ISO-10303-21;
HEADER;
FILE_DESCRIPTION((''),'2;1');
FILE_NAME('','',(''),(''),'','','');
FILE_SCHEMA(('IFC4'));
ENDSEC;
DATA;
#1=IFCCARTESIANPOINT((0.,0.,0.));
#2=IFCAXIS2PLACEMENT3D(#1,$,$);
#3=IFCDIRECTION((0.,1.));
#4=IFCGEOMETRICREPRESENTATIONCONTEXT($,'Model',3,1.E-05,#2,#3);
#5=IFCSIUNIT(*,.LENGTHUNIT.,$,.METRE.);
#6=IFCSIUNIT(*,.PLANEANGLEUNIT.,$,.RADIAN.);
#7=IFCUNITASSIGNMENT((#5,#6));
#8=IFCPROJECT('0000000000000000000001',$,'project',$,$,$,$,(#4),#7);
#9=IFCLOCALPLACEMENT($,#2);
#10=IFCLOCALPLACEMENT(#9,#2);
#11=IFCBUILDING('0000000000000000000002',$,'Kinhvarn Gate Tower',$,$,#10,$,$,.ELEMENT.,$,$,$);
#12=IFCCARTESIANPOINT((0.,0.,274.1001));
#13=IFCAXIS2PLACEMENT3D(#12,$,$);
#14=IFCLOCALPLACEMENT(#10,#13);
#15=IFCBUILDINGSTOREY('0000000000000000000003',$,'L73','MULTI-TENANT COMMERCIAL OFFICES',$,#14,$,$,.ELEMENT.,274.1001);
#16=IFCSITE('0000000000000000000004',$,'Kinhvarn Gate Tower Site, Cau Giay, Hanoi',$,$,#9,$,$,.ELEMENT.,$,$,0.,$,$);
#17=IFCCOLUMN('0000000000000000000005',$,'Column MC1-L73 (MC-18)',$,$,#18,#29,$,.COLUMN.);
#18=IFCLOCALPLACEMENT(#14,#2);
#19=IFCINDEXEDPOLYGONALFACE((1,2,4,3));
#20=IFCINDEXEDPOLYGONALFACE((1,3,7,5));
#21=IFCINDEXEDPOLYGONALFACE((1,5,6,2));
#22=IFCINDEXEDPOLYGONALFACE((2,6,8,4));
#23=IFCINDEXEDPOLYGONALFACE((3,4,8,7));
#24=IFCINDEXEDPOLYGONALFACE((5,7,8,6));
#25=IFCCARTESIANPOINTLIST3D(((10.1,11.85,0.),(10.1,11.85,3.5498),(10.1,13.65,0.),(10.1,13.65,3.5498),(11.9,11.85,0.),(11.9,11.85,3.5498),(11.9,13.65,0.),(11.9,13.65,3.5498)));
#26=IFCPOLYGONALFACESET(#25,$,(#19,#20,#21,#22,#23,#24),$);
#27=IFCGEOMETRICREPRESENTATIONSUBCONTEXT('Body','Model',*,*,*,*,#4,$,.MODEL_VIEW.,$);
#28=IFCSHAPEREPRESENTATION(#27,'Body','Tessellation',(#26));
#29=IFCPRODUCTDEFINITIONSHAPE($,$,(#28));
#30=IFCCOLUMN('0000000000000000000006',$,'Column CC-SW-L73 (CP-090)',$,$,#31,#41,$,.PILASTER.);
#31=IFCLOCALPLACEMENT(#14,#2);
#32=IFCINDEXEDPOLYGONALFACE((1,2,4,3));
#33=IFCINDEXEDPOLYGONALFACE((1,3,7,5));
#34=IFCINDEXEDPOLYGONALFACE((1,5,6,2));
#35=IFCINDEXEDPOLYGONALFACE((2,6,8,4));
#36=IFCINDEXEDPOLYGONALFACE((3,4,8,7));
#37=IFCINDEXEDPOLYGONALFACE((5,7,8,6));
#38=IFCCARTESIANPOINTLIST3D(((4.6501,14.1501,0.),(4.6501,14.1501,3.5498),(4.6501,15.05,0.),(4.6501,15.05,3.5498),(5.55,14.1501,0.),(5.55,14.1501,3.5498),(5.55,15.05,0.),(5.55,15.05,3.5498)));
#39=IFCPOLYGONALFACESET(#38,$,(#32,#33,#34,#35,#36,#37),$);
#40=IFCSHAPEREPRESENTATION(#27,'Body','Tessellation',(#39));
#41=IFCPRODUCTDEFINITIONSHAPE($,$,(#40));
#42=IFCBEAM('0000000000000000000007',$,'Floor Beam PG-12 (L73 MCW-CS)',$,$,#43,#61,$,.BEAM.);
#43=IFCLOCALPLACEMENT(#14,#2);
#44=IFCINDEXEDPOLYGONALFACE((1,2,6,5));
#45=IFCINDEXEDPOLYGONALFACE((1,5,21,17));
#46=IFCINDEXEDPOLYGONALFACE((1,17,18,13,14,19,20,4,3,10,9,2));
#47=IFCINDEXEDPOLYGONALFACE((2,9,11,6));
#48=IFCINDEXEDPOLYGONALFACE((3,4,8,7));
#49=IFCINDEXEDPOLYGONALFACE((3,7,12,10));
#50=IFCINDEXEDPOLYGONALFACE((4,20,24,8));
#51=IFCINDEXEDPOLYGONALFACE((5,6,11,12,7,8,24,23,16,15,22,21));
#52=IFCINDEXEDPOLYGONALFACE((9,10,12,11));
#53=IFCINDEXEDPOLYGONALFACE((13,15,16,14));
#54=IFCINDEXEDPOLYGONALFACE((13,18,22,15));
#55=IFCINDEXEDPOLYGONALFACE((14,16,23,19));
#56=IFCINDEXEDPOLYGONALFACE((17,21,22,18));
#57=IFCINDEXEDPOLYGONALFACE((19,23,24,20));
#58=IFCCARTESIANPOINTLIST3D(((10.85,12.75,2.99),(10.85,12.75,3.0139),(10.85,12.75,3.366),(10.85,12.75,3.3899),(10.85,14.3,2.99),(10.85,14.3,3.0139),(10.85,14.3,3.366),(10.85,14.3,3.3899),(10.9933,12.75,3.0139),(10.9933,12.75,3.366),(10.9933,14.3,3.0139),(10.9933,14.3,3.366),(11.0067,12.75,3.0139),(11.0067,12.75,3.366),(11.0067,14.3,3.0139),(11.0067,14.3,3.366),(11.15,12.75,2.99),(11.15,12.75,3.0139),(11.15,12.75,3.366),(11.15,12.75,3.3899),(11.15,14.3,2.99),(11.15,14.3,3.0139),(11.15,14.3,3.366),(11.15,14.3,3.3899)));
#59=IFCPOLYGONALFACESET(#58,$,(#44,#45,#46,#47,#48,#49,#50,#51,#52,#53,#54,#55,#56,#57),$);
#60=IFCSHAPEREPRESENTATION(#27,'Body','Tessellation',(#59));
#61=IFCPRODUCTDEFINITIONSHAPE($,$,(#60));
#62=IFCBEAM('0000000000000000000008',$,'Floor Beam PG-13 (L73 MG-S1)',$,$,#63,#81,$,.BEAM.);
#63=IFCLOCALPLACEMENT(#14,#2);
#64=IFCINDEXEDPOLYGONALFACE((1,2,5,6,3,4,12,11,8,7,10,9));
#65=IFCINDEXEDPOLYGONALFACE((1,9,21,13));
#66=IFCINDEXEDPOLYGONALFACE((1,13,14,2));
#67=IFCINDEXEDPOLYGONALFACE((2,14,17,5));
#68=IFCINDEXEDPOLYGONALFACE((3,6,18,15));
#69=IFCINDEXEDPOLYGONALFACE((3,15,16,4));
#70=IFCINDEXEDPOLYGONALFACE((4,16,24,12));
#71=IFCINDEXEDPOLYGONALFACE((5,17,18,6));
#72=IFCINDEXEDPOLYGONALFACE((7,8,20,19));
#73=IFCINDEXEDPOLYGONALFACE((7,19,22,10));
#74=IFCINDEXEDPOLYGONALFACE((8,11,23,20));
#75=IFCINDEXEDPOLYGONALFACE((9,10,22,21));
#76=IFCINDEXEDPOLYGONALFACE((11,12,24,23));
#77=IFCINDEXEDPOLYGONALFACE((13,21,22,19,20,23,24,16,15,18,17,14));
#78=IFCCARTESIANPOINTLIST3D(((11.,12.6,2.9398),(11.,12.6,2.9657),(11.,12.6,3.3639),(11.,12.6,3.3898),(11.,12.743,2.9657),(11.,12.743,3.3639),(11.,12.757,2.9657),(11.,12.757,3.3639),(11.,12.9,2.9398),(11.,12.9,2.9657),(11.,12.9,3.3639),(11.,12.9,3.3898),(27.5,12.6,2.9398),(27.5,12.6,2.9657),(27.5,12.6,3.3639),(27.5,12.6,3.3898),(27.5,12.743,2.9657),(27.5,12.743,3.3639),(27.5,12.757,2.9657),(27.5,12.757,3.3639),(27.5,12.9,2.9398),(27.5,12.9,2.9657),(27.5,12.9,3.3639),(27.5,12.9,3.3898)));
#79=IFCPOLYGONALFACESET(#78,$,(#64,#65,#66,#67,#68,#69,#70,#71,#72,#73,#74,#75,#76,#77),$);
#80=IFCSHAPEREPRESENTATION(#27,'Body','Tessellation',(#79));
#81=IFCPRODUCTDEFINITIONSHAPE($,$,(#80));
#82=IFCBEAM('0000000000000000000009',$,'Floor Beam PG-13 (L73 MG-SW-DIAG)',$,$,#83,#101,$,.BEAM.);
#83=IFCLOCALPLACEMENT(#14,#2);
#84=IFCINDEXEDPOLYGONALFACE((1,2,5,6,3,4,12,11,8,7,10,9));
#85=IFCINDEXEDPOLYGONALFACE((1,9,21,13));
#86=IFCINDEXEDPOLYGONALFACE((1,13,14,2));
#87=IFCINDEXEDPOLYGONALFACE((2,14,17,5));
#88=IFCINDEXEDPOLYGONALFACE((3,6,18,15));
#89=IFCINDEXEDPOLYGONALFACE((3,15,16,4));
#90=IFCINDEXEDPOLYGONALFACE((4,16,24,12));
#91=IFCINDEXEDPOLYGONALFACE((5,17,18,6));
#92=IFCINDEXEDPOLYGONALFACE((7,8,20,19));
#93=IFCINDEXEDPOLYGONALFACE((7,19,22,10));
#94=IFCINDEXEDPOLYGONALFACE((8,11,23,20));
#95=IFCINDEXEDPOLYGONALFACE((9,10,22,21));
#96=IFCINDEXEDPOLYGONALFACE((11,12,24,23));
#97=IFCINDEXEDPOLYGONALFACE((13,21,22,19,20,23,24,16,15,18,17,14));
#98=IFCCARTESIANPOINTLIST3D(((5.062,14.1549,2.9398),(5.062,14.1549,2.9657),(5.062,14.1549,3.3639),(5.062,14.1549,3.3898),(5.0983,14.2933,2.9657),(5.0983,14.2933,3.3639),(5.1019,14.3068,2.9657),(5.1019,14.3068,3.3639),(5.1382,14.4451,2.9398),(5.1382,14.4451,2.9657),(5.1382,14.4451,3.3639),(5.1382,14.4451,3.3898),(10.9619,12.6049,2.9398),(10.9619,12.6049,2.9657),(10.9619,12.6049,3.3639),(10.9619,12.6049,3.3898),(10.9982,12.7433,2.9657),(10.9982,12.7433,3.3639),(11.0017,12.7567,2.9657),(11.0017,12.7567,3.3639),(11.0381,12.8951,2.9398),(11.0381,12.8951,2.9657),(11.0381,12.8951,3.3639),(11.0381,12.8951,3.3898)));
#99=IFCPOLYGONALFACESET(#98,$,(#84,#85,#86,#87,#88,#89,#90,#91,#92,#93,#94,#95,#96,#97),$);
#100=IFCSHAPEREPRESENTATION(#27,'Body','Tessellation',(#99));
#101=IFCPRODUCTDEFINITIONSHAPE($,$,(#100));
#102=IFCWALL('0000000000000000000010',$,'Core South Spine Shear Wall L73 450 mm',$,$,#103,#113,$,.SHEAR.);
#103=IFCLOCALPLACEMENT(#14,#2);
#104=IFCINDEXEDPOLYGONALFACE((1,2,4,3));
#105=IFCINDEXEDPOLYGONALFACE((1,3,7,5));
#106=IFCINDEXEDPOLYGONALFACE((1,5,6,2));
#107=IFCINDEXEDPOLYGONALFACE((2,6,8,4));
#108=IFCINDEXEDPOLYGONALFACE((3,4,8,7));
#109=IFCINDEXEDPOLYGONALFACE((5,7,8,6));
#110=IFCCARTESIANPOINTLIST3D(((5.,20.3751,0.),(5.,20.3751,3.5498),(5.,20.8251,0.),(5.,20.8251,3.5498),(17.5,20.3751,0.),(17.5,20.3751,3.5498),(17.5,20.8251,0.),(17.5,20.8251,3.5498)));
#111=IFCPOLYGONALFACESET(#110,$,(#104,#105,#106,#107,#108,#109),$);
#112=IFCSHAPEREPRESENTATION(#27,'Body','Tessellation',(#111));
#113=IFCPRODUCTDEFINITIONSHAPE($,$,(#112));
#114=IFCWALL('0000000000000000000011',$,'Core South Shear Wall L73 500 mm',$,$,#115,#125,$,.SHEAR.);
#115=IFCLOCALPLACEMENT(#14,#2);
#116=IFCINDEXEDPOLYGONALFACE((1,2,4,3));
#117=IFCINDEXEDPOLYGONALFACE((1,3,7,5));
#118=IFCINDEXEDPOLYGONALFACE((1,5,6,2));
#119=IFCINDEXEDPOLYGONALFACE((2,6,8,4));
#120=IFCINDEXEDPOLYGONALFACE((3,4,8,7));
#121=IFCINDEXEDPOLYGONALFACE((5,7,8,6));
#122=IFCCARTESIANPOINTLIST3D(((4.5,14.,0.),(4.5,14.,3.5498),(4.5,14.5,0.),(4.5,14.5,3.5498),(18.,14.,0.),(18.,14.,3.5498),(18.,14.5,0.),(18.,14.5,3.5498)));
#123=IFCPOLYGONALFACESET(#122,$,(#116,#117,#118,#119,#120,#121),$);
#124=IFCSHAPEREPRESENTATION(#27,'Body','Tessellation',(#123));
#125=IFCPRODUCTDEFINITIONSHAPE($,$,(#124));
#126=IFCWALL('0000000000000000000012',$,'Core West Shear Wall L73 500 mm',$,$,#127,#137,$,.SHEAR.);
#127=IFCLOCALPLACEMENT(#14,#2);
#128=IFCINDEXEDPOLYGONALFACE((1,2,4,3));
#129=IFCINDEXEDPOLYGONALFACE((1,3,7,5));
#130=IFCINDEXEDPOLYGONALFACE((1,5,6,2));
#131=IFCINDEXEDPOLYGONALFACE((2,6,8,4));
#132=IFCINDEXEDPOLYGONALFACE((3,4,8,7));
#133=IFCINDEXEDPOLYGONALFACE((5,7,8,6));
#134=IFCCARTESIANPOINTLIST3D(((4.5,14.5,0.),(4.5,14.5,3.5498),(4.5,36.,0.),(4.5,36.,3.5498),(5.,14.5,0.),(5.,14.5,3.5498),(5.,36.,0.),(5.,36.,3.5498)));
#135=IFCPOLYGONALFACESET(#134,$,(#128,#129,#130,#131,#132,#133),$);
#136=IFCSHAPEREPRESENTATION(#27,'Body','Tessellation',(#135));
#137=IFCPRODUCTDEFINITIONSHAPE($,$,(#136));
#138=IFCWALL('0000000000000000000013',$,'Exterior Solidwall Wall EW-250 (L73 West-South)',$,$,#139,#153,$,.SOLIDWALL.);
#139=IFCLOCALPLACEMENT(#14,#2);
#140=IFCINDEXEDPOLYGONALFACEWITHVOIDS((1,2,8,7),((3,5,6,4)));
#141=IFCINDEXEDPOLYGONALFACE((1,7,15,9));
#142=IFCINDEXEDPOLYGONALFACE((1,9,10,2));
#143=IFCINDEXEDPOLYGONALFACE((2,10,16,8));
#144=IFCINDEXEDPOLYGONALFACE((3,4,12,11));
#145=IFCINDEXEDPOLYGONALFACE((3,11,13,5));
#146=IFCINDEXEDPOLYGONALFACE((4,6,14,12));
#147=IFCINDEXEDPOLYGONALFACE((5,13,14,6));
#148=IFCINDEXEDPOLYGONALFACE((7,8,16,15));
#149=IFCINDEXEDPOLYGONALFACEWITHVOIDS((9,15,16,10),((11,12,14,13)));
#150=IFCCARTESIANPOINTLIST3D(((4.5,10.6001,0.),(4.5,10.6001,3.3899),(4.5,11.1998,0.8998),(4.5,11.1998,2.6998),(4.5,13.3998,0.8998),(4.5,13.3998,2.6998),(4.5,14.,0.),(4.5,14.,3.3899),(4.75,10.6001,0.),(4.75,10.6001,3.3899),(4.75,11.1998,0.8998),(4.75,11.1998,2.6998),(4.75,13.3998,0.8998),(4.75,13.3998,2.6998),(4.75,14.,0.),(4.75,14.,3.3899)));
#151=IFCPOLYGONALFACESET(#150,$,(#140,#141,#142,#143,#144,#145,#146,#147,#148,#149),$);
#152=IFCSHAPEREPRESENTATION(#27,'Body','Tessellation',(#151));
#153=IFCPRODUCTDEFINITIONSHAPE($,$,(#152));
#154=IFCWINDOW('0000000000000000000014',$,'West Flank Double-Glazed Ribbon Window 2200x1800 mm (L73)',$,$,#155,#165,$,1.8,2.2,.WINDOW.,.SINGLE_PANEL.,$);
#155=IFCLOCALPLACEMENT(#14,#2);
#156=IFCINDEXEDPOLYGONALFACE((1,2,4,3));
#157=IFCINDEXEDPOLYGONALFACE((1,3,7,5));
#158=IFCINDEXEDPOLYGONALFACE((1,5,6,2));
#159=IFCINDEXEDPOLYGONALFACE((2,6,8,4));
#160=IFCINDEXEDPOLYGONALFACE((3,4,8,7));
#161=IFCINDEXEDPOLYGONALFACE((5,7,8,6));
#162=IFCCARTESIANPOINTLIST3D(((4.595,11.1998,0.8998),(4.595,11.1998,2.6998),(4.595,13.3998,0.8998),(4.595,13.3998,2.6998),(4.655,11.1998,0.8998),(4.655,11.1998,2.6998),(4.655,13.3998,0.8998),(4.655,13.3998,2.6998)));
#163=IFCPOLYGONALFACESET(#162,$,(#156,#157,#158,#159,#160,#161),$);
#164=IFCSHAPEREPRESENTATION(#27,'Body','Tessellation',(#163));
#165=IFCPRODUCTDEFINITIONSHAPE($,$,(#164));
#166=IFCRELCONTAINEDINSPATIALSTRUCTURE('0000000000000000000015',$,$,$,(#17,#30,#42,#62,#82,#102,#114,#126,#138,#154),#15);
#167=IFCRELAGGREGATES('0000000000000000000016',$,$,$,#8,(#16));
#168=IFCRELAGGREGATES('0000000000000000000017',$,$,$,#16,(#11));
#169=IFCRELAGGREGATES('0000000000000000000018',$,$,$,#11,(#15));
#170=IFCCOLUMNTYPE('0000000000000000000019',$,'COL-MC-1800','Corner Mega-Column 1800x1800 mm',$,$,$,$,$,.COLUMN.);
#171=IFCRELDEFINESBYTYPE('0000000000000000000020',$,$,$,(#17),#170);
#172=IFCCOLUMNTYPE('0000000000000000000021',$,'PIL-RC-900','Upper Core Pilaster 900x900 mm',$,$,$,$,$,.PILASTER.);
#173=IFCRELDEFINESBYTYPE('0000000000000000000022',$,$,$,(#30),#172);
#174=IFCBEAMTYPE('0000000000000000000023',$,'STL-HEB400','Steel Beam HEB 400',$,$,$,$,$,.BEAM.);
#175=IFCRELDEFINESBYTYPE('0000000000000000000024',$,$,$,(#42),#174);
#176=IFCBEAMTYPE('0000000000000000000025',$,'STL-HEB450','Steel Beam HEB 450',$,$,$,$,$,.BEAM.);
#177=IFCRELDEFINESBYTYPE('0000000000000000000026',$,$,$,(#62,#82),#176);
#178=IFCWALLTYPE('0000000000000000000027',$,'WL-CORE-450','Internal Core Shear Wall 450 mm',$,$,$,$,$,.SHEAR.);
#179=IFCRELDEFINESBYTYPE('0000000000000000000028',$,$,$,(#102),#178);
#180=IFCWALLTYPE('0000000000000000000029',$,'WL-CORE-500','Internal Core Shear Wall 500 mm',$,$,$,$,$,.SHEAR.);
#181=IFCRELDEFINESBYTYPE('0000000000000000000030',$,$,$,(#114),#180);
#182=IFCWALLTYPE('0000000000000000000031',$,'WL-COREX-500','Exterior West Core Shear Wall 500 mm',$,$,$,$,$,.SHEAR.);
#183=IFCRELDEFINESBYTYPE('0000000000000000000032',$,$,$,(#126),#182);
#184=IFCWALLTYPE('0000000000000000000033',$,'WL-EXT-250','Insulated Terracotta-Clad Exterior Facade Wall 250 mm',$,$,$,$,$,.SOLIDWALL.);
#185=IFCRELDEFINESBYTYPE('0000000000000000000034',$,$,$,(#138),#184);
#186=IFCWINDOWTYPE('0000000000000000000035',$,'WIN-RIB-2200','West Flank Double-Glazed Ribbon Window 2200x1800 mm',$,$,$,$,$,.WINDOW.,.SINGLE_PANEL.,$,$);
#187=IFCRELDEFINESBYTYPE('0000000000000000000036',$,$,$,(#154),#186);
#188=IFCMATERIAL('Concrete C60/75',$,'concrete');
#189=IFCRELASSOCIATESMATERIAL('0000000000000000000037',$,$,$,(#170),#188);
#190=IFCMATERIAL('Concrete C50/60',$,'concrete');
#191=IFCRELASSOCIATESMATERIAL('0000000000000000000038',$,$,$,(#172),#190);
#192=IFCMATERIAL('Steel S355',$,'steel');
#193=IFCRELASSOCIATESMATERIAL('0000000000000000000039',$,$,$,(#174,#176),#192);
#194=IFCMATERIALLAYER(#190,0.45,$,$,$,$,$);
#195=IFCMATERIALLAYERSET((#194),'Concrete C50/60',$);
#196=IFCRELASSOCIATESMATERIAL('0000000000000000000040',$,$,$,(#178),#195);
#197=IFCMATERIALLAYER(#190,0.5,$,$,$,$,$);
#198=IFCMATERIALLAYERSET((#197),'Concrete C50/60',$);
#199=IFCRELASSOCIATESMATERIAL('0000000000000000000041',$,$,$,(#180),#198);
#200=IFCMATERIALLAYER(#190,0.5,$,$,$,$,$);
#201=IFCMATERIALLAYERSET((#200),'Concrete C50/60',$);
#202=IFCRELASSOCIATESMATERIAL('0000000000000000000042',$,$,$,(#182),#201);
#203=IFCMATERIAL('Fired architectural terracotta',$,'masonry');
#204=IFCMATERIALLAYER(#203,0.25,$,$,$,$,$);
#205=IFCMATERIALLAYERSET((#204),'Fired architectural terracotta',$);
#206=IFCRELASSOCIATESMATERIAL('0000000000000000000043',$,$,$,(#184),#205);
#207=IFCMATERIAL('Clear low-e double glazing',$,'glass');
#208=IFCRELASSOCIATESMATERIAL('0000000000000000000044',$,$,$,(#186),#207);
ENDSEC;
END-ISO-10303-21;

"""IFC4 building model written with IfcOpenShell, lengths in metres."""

from ifc_helpers import new_model, si_unit, direction, frame, frame_2d, origin, origin_2d, place, context, subcontext, project, spatial, rectangle, i_section, extrude, material, layer, layer_set, material_profile, profile_set, type_object, element, fill, save


model = new_model("IFC4")

# Units and contexts
model_context = context("Model", 3, precision=1e-05, world=origin(), true_north=direction((0.0, 1.0)))
body_context = subcontext(model_context, "Body", "Model", "MODEL_VIEW")
ifc_project = project(units=[si_unit("LENGTHUNIT", "METRE"), si_unit("PLANEANGLEUNIT", "RADIAN")], contexts=[model_context])

# Site, building, storey
site_placement = place(None, origin())
site = spatial("IfcSite", under=ifc_project, at=site_placement, Name="Kinhvarn Gate Tower Site, Cau Giay, Hanoi", CompositionType="ELEMENT", RefElevation=0.0)
building_placement = place(site_placement, origin())
building = spatial("IfcBuilding", under=site, at=building_placement, Name="Kinhvarn Gate Tower", CompositionType="ELEMENT")
storey_placement = place(building_placement, frame((0.0, 0.0, 274.1001)))
storey = spatial("IfcBuildingStorey", under=building, at=storey_placement, Name="L73", Description="MULTI-TENANT COMMERCIAL OFFICES", CompositionType="ELEMENT", Elevation=274.1001)

# Columns
ifc_material_1 = material(Name="Concrete C60/75", Category="concrete")
ifc_material_profile_1 = material_profile(ifc_material_1, rectangle(XDim=1.8, YDim=1.8, at=origin_2d()), Name="RC 1800x1800")
ifc_profile_set_1 = profile_set([ifc_material_profile_1], Name="Concrete C60/75")
column_type_1 = type_object("IfcColumnType", Name="COL-MC-1800", Description="Corner Mega-Column 1800x1800 mm", PredefinedType="COLUMN", material=ifc_profile_set_1)
column_1_placement = place(storey_placement, frame((11.0, 12.75, 0.0), z_axis=(0.0, 0.0, 1.0), x_axis=(1.0, 0.0, 0.0)))
element("IfcColumn", 1, at=column_1_placement, inside=storey, type_object=column_type_1, Name="Column MC1-L73 (MC-18)", PredefinedType="COLUMN", context=body_context, shape_type="SweptSolid", body=[
    extrude(rectangle(XDim=1.8, YDim=1.8, at=origin_2d()), origin(), (0.0, 0.0, 1.0), 3.5498),
])
ifc_material_2 = material(Name="Concrete C50/60", Category="concrete")
ifc_material_profile_2 = material_profile(ifc_material_2, rectangle(XDim=0.8999, YDim=0.8999, at=origin_2d()), Name="RC 900x900")
ifc_profile_set_2 = profile_set([ifc_material_profile_2], Name="Concrete C50/60")
column_type_2 = type_object("IfcColumnType", Name="PIL-RC-900", Description="Upper Core Pilaster 900x900 mm", PredefinedType="PILASTER", material=ifc_profile_set_2)
column_2_placement = place(storey_placement, frame((5.1001, 14.6001, 0.0), z_axis=(0.0, 0.0, 1.0), x_axis=(1.0, 0.0, 0.0)))
element("IfcColumn", 2, at=column_2_placement, inside=storey, type_object=column_type_2, Name="Column CC-SW-L73 (CP-090)", PredefinedType="PILASTER", context=body_context, shape_type="SweptSolid", body=[
    extrude(rectangle(XDim=0.8999, YDim=0.8999, at=origin_2d()), origin(), (0.0, 0.0, 1.0), 3.5498),
])

# Beams
ifc_material_3 = material(Name="Steel S355", Category="steel")
ifc_material_profile_3 = material_profile(ifc_material_3, i_section(OverallWidth=0.3, OverallDepth=0.3999, WebThickness=0.0134, FlangeThickness=0.0239, at=origin_2d()), Name="HEB 400")
ifc_profile_set_3 = profile_set([ifc_material_profile_3], Name="Steel S355")
beam_type_1 = type_object("IfcBeamType", Name="STL-HEB400", Description="Steel Beam HEB 400", PredefinedType="BEAM", material=ifc_profile_set_3)
beam_1_placement = place(storey_placement, frame((11.0, 12.75, 3.1899), z_axis=(0.0, 1.0, 0.0), x_axis=(-1.0, 0.0, 0.0)))
element("IfcBeam", 3, at=beam_1_placement, inside=storey, type_object=beam_type_1, Name="Floor Beam PG-12 (L73 MCW-CS)", PredefinedType="BEAM", context=body_context, shape_type="SweptSolid", body=[
    extrude(i_section(OverallWidth=0.3, OverallDepth=0.3999, WebThickness=0.0134, FlangeThickness=0.0239, at=origin_2d()), origin(), (0.0, 0.0, 1.0), 1.55),
])
ifc_material_profile_4 = material_profile(ifc_material_3, i_section(OverallWidth=0.3, OverallDepth=0.45, WebThickness=0.0139, FlangeThickness=0.0259, at=origin_2d()), Name="HEB 450")
ifc_profile_set_4 = profile_set([ifc_material_profile_4], Name="Steel S355")
beam_type_2 = type_object("IfcBeamType", Name="STL-HEB450", Description="Steel Beam HEB 450", PredefinedType="BEAM", material=ifc_profile_set_4)
beam_2_placement = place(storey_placement, frame((11.0, 12.75, 3.1648), z_axis=(1.0, 0.0, 0.0), x_axis=(0.0, 1.0, 0.0)))
element("IfcBeam", 4, at=beam_2_placement, inside=storey, type_object=beam_type_2, Name="Floor Beam PG-13 (L73 MG-S1)", PredefinedType="BEAM", context=body_context, shape_type="SweptSolid", body=[
    extrude(i_section(OverallWidth=0.3, OverallDepth=0.45, WebThickness=0.0139, FlangeThickness=0.0259, at=origin_2d()), origin(), (0.0, 0.0, 1.0), 16.5),
])
beam_3_placement = place(storey_placement, frame((5.1001, 14.3, 3.1648), z_axis=(0.967178, -0.254101, 0.0), x_axis=(0.254101, 0.967178, 0.0)))
element("IfcBeam", 5, at=beam_3_placement, inside=storey, type_object=beam_type_2, Name="Floor Beam PG-13 (L73 MG-SW-DIAG)", PredefinedType="BEAM", context=body_context, shape_type="SweptSolid", body=[
    extrude(i_section(OverallWidth=0.3, OverallDepth=0.45, WebThickness=0.0139, FlangeThickness=0.0259, at=origin_2d()), origin(), (0.0, 0.0, 1.0), 6.1001),
])

# Walls
ifc_layer_1 = layer(ifc_material_2, 0.45)
ifc_layer_set_1 = layer_set([ifc_layer_1], Name="Concrete C50/60")
wall_type_1 = type_object("IfcWallType", Name="WL-CORE-450", Description="Internal Core Shear Wall 450 mm", PredefinedType="SHEAR", material=ifc_layer_set_1)
wall_1_placement = place(storey_placement, frame((5.0, 20.6001, 0.0), z_axis=(0.0, 0.0, 1.0), x_axis=(1.0, 0.0, 0.0)))
element("IfcWall", 6, at=wall_1_placement, inside=storey, type_object=wall_type_1, Name="Core South Spine Shear Wall L73 450 mm", PredefinedType="SHEAR", context=body_context, shape_type="SweptSolid", body=[
    extrude(rectangle(XDim=12.5, YDim=0.45, at=frame_2d((6.25, 0.0))), origin(), (0.0, 0.0, 1.0), 3.5498),
])
ifc_layer_2 = layer(ifc_material_2, 0.5)
ifc_layer_set_2 = layer_set([ifc_layer_2], Name="Concrete C50/60")
wall_type_2 = type_object("IfcWallType", Name="WL-CORE-500", Description="Internal Core Shear Wall 500 mm", PredefinedType="SHEAR", material=ifc_layer_set_2)
wall_2_placement = place(storey_placement, frame((4.5, 14.25, 0.0), z_axis=(0.0, 0.0, 1.0), x_axis=(1.0, 0.0, 0.0)))
element("IfcWall", 7, at=wall_2_placement, inside=storey, type_object=wall_type_2, Name="Core South Shear Wall L73 500 mm", PredefinedType="SHEAR", context=body_context, shape_type="SweptSolid", body=[
    extrude(rectangle(XDim=13.5, YDim=0.5, at=frame_2d((6.75, 0.0))), origin(), (0.0, 0.0, 1.0), 3.5498),
])
ifc_layer_3 = layer(ifc_material_2, 0.5)
ifc_layer_set_3 = layer_set([ifc_layer_3], Name="Concrete C50/60")
wall_type_3 = type_object("IfcWallType", Name="WL-COREX-500", Description="Exterior West Core Shear Wall 500 mm", PredefinedType="SHEAR", material=ifc_layer_set_3)
wall_3_placement = place(storey_placement, frame((4.75, 14.5, 0.0), z_axis=(0.0, 0.0, 1.0), x_axis=(0.0, 1.0, 0.0)))
element("IfcWall", 8, at=wall_3_placement, inside=storey, type_object=wall_type_3, Name="Core West Shear Wall L73 500 mm", PredefinedType="SHEAR", context=body_context, shape_type="SweptSolid", body=[
    extrude(rectangle(XDim=21.5, YDim=0.5, at=frame_2d((10.75, 0.0))), origin(), (0.0, 0.0, 1.0), 3.5498),
])

# Wall, opening, window
ifc_material_4 = material(Name="Fired architectural terracotta", Category="masonry")
ifc_layer_4 = layer(ifc_material_4, 0.25)
ifc_layer_set_4 = layer_set([ifc_layer_4], Name="Fired architectural terracotta")
wall_type_4 = type_object("IfcWallType", Name="WL-EXT-250", Description="Insulated Terracotta-Clad Exterior Facade Wall 250 mm", PredefinedType="SOLIDWALL", material=ifc_layer_set_4)
wall_4_placement = place(storey_placement, frame((4.625, 14.0, 0.0), z_axis=(0.0, 0.0, 1.0), x_axis=(0.0, -1.0, 0.0)))
wall_4 = element("IfcWall", 9, at=wall_4_placement, inside=storey, type_object=wall_type_4, Name="Exterior Solidwall Wall EW-250 (L73 West-South)", PredefinedType="SOLIDWALL", context=body_context, shape_type="SweptSolid", body=[
    extrude(rectangle(XDim=3.3999, YDim=0.25, at=frame_2d((1.7, 0.0))), origin(), (0.0, 0.0, 1.0), 3.3899),
])
opening_1_placement = place(wall_4_placement, frame((0.6001, 0.0, 0.8999)))
opening_1 = element("IfcOpeningElement", 10, at=opening_1_placement, cuts=wall_4, PredefinedType="OPENING", context=body_context, shape_type="SweptSolid", body=[
    extrude(rectangle(XDim=2.2, YDim=1.8, at=frame_2d((1.1001, 0.8999))), frame((0.0, 0.135, 0.0), z_axis=(0.0, -1.0, 0.0), x_axis=(1.0, 0.0, 0.0)), (0.0, 0.0, 1.0), 0.27),
])
ifc_material_5 = material(Name="Clear low-e double glazing", Category="glass")
window_type_1 = type_object("IfcWindowType", Name="WIN-RIB-2200", Description="West Flank Double-Glazed Ribbon Window 2200x1800 mm", PartitioningType="SINGLE_PANEL", PredefinedType="WINDOW", material=ifc_material_5)
window_1_placement = place(opening_1_placement, origin())
window_1 = element("IfcWindow", 11, at=window_1_placement, inside=storey, type_object=window_type_1, Name="West Flank Double-Glazed Ribbon Window 2200x1800 mm (L73)", OverallHeight=1.8, OverallWidth=2.2, PartitioningType="SINGLE_PANEL", PredefinedType="WINDOW", context=body_context, shape_type="SweptSolid", body=[
    extrude(rectangle(XDim=2.2, YDim=1.8, at=frame_2d((1.1001, 0.8999))), frame((0.0, 0.03, 0.0), z_axis=(0.0, -1.0, 0.0), x_axis=(1.0, 0.0, 0.0)), (0.0, 0.0, 1.0), 0.0601),
])
fill(opening_1, window_1)

save(model, "model.ifc")
